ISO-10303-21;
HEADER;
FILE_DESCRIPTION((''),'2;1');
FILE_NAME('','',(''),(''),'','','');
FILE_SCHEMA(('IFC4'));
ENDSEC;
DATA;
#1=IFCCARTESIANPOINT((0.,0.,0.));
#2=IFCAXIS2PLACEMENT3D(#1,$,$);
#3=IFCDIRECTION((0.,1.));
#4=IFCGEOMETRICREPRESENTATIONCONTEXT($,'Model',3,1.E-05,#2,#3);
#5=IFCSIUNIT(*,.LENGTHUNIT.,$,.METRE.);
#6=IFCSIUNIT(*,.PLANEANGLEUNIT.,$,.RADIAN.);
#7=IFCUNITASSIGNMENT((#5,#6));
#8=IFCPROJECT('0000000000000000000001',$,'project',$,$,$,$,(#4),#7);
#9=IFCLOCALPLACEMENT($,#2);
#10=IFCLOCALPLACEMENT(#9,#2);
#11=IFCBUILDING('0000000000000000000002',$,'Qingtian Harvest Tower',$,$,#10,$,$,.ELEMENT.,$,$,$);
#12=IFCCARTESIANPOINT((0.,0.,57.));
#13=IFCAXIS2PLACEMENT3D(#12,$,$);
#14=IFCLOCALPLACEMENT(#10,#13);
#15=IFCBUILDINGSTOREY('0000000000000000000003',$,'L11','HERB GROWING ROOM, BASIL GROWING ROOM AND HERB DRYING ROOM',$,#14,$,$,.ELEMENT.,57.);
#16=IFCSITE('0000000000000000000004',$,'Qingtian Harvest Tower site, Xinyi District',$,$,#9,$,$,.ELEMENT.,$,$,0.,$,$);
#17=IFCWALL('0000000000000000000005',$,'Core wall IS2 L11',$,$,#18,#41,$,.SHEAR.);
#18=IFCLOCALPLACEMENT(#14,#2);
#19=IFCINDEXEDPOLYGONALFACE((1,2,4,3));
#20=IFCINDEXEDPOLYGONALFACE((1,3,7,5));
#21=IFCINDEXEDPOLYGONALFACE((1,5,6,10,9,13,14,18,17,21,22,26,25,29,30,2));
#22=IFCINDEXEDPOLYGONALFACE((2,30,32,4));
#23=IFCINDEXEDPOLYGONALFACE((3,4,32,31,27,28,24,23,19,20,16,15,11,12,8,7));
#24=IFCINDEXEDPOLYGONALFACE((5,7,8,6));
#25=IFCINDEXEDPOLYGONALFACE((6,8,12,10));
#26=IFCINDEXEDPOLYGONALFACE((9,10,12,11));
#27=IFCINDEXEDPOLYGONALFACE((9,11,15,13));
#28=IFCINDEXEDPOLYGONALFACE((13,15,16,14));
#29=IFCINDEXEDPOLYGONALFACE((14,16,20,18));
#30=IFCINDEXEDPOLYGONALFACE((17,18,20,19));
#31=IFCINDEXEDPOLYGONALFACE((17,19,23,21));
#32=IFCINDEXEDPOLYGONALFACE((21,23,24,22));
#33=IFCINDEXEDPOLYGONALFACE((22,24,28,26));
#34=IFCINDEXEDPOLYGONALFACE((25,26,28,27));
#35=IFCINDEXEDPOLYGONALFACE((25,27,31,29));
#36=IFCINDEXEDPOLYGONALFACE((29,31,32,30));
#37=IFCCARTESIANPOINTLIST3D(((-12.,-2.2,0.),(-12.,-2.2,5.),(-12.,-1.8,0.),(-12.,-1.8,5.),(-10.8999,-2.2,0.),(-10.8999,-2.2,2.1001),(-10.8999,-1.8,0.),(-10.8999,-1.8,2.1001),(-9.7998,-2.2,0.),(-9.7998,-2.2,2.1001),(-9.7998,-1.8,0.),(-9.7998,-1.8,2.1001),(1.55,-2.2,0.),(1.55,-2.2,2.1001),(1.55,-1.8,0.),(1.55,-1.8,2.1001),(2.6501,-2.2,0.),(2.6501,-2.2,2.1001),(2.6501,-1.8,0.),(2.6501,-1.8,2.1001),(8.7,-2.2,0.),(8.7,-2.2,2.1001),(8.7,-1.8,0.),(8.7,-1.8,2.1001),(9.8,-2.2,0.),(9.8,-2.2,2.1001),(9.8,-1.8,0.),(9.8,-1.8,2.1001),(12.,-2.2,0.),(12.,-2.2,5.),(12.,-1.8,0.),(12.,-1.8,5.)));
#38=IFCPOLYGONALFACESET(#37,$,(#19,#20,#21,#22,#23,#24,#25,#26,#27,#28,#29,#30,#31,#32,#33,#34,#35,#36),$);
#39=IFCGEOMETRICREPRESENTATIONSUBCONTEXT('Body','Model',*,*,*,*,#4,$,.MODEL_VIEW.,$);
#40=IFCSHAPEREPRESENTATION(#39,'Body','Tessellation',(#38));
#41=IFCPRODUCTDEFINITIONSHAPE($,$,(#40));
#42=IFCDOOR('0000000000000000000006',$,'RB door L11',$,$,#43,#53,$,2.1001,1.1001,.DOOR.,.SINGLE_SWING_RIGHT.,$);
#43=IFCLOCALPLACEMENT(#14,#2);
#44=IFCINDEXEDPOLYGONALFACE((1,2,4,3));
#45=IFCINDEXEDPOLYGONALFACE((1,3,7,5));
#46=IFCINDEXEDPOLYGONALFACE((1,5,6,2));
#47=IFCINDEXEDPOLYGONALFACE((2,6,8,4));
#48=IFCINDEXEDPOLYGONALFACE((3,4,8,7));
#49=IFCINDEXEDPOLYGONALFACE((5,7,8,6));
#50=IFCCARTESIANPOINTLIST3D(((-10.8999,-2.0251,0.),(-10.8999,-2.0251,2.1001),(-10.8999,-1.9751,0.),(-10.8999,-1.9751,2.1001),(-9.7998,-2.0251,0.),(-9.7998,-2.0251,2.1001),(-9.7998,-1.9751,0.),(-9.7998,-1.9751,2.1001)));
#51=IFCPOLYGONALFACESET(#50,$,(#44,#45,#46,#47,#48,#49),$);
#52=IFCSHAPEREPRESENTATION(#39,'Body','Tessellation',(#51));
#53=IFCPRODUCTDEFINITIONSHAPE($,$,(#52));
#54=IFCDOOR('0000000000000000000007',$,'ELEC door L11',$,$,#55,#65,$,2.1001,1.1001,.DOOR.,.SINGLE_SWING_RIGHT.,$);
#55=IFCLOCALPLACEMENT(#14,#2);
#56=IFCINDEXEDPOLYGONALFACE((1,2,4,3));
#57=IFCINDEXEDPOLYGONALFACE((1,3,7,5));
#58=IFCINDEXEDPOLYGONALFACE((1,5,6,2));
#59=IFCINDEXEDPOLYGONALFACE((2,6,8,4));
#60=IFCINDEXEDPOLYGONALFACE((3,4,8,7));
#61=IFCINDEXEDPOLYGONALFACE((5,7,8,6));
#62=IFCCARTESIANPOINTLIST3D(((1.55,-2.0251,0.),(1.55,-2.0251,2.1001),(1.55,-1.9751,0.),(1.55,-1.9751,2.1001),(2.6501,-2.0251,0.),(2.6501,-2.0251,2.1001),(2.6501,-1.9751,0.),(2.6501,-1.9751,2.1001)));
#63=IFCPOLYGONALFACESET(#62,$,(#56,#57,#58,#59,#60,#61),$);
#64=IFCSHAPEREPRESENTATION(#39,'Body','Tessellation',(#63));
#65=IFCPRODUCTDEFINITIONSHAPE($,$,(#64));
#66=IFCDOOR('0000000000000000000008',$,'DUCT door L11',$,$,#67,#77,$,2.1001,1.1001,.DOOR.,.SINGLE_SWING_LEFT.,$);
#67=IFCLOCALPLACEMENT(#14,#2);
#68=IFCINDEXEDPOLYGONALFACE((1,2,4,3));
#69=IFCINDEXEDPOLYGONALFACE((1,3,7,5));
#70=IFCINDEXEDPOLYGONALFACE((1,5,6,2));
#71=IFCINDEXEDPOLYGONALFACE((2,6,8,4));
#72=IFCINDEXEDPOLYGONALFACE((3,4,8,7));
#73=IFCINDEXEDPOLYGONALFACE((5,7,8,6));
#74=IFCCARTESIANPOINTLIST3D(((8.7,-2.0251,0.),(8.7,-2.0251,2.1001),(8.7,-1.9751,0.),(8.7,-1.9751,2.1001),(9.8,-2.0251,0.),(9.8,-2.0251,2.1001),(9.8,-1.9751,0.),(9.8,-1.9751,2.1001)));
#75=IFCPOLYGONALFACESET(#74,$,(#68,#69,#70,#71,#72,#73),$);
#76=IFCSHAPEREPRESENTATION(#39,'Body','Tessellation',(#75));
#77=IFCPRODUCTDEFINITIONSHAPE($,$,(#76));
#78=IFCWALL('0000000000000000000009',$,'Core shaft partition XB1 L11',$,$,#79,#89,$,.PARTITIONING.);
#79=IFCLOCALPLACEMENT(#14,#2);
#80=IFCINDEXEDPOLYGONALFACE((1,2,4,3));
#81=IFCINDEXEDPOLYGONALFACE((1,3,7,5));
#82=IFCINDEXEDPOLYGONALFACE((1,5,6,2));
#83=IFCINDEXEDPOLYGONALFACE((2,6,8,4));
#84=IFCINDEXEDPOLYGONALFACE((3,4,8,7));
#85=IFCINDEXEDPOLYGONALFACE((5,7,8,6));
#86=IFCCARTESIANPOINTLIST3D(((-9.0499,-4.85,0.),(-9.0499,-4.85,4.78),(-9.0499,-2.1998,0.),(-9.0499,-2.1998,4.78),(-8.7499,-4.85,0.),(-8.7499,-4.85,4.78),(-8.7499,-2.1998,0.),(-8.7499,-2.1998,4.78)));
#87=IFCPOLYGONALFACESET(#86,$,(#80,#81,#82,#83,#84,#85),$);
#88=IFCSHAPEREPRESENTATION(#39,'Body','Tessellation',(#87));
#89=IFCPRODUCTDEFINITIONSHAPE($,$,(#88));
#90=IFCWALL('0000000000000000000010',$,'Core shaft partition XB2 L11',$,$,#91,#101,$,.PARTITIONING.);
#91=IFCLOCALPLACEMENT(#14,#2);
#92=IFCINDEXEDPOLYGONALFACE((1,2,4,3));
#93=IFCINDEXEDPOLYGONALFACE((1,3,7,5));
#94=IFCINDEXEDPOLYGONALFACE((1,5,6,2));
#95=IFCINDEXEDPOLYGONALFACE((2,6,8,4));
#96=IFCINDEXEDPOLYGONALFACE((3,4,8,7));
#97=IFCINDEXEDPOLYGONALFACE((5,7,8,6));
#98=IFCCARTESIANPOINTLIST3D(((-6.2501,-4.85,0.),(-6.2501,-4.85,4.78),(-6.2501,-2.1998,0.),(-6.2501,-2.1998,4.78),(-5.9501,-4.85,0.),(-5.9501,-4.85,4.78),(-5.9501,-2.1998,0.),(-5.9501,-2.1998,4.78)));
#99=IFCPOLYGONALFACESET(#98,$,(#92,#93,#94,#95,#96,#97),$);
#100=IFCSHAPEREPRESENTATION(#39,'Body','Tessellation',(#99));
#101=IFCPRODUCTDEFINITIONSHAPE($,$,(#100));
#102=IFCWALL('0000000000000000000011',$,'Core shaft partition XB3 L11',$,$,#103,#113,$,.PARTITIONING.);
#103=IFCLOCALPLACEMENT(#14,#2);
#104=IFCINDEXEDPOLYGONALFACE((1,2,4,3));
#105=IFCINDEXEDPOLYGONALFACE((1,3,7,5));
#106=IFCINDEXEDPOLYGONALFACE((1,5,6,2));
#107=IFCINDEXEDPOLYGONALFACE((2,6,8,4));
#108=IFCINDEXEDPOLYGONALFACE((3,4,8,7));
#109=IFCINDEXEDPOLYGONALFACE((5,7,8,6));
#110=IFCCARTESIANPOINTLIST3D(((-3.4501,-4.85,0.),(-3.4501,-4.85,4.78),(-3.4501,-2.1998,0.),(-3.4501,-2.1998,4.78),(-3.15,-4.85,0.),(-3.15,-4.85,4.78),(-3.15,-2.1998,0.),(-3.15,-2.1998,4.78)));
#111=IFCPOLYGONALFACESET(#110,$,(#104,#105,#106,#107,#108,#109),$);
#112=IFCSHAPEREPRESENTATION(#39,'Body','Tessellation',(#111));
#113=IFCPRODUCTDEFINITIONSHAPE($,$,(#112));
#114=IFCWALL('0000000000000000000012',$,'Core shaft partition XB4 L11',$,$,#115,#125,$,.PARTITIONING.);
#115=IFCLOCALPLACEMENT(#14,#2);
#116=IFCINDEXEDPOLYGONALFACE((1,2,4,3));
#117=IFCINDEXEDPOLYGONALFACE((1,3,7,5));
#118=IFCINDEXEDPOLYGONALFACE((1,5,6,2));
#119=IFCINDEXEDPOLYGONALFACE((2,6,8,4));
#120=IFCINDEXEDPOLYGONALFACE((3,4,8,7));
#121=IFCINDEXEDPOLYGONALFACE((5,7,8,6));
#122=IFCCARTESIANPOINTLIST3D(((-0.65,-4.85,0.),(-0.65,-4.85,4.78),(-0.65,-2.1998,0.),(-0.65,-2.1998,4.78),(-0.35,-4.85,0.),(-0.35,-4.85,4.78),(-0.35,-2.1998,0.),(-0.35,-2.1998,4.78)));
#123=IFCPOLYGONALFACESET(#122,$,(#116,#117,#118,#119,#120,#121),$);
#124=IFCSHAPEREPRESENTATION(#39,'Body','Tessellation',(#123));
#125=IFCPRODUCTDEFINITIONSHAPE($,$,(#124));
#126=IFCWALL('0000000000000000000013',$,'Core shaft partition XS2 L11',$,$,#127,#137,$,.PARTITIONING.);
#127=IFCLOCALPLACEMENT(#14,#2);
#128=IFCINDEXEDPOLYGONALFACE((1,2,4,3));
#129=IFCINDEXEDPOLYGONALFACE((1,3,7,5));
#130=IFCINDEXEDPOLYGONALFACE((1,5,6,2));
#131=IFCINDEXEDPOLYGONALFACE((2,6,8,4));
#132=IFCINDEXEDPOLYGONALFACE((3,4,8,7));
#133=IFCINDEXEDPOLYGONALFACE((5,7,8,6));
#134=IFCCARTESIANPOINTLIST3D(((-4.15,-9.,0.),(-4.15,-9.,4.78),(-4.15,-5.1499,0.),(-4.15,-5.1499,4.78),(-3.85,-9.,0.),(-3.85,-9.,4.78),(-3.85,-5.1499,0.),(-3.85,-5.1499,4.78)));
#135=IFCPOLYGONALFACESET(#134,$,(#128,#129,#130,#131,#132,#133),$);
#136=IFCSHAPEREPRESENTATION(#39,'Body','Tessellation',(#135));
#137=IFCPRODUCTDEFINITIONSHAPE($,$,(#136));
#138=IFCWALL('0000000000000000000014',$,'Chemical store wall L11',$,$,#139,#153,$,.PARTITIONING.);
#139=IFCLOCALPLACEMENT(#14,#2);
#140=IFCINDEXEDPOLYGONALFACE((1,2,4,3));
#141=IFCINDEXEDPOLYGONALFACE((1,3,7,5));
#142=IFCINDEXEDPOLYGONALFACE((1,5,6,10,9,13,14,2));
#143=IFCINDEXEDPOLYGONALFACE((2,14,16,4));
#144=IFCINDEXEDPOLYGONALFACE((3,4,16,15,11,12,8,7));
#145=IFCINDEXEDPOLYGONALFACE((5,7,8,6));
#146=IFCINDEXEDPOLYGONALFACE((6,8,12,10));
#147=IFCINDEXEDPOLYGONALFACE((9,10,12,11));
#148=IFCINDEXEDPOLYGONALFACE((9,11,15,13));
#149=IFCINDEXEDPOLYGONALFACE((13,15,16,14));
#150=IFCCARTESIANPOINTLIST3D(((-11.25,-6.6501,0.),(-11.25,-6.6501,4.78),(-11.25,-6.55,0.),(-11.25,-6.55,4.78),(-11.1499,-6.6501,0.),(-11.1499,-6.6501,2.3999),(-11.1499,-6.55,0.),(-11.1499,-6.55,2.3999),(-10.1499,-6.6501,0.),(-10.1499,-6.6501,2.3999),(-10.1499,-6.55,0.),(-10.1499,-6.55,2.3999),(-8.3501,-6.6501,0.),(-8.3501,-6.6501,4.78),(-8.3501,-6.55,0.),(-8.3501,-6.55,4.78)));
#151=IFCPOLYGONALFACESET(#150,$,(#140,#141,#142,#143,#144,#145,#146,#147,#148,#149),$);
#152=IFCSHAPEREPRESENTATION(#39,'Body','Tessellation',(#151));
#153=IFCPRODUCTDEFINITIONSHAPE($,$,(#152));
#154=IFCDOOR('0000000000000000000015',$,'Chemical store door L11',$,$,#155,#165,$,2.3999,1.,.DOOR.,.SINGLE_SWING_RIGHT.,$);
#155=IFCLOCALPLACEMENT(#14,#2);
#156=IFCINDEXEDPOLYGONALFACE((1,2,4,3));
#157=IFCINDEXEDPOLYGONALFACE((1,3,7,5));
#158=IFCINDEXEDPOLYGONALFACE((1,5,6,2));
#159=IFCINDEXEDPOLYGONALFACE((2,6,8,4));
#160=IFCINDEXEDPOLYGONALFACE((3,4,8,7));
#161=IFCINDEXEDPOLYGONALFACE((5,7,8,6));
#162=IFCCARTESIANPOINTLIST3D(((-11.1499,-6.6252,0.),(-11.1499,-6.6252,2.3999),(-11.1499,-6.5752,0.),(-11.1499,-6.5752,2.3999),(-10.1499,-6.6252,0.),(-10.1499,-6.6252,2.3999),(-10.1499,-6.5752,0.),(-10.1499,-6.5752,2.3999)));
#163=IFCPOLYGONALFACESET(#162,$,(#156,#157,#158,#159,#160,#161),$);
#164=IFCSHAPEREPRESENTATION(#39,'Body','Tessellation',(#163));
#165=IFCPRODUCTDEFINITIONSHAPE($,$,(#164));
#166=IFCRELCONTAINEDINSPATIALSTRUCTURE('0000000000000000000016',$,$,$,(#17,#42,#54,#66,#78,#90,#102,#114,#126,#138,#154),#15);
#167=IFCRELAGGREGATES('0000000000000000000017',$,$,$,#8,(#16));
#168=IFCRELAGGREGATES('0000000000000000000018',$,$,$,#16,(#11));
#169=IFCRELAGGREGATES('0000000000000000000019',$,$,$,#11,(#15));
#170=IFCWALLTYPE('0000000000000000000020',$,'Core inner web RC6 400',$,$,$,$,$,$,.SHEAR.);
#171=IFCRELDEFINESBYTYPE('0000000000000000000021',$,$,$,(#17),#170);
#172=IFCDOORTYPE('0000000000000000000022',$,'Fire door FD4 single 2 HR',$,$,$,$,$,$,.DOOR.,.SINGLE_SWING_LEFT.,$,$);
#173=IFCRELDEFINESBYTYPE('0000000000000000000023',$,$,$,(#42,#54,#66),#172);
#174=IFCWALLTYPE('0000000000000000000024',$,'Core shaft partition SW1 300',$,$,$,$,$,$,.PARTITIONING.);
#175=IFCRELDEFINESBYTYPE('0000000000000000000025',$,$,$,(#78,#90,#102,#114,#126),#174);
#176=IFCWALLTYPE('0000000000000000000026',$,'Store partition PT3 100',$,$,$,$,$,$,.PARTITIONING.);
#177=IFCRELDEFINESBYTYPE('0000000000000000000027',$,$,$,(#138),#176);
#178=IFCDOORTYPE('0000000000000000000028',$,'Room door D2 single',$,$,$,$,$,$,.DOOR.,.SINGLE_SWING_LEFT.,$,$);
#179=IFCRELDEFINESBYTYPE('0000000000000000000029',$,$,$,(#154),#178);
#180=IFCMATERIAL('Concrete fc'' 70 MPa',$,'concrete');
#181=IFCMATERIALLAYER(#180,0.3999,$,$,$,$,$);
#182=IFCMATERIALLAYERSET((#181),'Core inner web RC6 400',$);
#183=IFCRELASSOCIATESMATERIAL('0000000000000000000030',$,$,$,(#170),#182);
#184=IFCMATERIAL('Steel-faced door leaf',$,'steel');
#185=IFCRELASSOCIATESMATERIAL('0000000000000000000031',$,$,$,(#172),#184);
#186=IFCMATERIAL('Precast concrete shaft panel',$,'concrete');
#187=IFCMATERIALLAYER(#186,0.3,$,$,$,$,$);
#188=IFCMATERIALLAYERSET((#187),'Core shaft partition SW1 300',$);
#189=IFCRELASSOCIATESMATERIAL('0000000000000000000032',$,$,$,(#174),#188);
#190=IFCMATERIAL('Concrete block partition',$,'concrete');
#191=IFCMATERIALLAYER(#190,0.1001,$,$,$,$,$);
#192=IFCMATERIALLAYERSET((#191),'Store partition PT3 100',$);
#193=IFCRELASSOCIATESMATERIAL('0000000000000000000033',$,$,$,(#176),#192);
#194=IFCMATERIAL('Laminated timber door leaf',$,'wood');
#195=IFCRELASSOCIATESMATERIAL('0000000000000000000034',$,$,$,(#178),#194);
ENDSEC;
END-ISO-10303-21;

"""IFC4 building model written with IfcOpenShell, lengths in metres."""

from ifc_helpers import new_model, si_unit, direction, frame, frame_2d, origin, place, context, subcontext, project, spatial, rectangle, extrude, material, layer, layer_set, type_object, element, fill, save


model = new_model("IFC4")

# Units and contexts
model_context = context("Model", 3, precision=1e-05, world=origin(), true_north=direction((0.0, 1.0)))
body_context = subcontext(model_context, "Body", "Model", "MODEL_VIEW")
ifc_project = project(units=[si_unit("LENGTHUNIT", "METRE"), si_unit("PLANEANGLEUNIT", "RADIAN")], contexts=[model_context])

# Site, building, storey
site_placement = place(None, origin())
site = spatial("IfcSite", under=ifc_project, at=site_placement, Name="Qingtian Harvest Tower site, Xinyi District", CompositionType="ELEMENT", RefElevation=0.0)
building_placement = place(site_placement, origin())
building = spatial("IfcBuilding", under=site, at=building_placement, Name="Qingtian Harvest Tower", CompositionType="ELEMENT")
storey_placement = place(building_placement, frame((0.0, 0.0, 57.0)))
storey = spatial("IfcBuildingStorey", under=building, at=storey_placement, Name="L11", Description="HERB GROWING ROOM, BASIL GROWING ROOM AND HERB DRYING ROOM", CompositionType="ELEMENT", Elevation=57.0)

# Wall, openings, doors
ifc_material_1 = material(Name="Concrete fc' 70 MPa", Category="concrete")
ifc_layer_1 = layer(ifc_material_1, 0.3999)
ifc_layer_set_1 = layer_set([ifc_layer_1], Name="Core inner web RC6 400")
wall_type_1 = type_object("IfcWallType", Name="Core inner web RC6 400", PredefinedType="SHEAR", material=ifc_layer_set_1)
wall_1_placement = place(storey_placement, frame((-12.0, -2.0, 0.0), z_axis=(0.0, 0.0, 1.0), x_axis=(1.0, 0.0, 0.0)))
wall_1 = element("IfcWall", 1, at=wall_1_placement, inside=storey, type_object=wall_type_1, Name="Core wall IS2 L11", PredefinedType="SHEAR", context=body_context, shape_type="SweptSolid", body=[
    extrude(rectangle(XDim=24.0, YDim=0.3999, at=frame_2d((12.0, 0.0))), origin(), (0.0, 0.0, 1.0), 5.0),
])
opening_1_placement = place(wall_1_placement, frame((1.1001, 0.0, 0.0)))
opening_1 = element("IfcOpeningElement", 2, at=opening_1_placement, cuts=wall_1, PredefinedType="OPENING", context=body_context, shape_type="SweptSolid", body=[
    extrude(rectangle(XDim=1.1001, YDim=2.1001, at=frame_2d((0.55, 1.05))), frame((0.0, 0.21, 0.0), z_axis=(0.0, -1.0, 0.0), x_axis=(1.0, 0.0, 0.0)), (0.0, 0.0, 1.0), 0.4199),
])
opening_2_placement = place(wall_1_placement, frame((13.55, 0.0, 0.0)))
opening_2 = element("IfcOpeningElement", 3, at=opening_2_placement, cuts=wall_1, PredefinedType="OPENING", context=body_context, shape_type="SweptSolid", body=[
    extrude(rectangle(XDim=1.1001, YDim=2.1001, at=frame_2d((0.55, 1.05))), frame((0.0, 0.21, 0.0), z_axis=(0.0, -1.0, 0.0), x_axis=(1.0, 0.0, 0.0)), (0.0, 0.0, 1.0), 0.4199),
])
opening_3_placement = place(wall_1_placement, frame((20.7, 0.0, 0.0)))
opening_3 = element("IfcOpeningElement", 4, at=opening_3_placement, cuts=wall_1, PredefinedType="OPENING", context=body_context, shape_type="SweptSolid", body=[
    extrude(rectangle(XDim=1.1001, YDim=2.1001, at=frame_2d((0.55, 1.05))), frame((0.0, 0.21, 0.0), z_axis=(0.0, -1.0, 0.0), x_axis=(1.0, 0.0, 0.0)), (0.0, 0.0, 1.0), 0.4199),
])
ifc_material_2 = material(Name="Steel-faced door leaf", Category="steel")
door_type_1 = type_object("IfcDoorType", Name="Fire door FD4 single 2 HR", OperationType="SINGLE_SWING_LEFT", PredefinedType="DOOR", material=ifc_material_2)
door_1_placement = place(opening_1_placement, origin())
door_1 = element("IfcDoor", 5, at=door_1_placement, inside=storey, type_object=door_type_1, Name="RB door L11", OperationType="SINGLE_SWING_RIGHT", OverallHeight=2.1001, OverallWidth=1.1001, PredefinedType="DOOR", context=body_context, shape_type="SweptSolid", body=[
    extrude(rectangle(XDim=1.1001, YDim=2.1001, at=frame_2d((0.55, 1.05))), frame((0.0, 0.0249, 0.0), z_axis=(0.0, -1.0, 0.0), x_axis=(1.0, 0.0, 0.0)), (0.0, 0.0, 1.0), 0.05),
])
fill(opening_1, door_1)
door_2_placement = place(opening_2_placement, origin())
door_2 = element("IfcDoor", 6, at=door_2_placement, inside=storey, type_object=door_type_1, Name="ELEC door L11", OperationType="SINGLE_SWING_RIGHT", OverallHeight=2.1001, OverallWidth=1.1001, PredefinedType="DOOR", context=body_context, shape_type="SweptSolid", body=[
    extrude(rectangle(XDim=1.1001, YDim=2.1001, at=frame_2d((0.55, 1.05))), frame((0.0, 0.0249, 0.0), z_axis=(0.0, -1.0, 0.0), x_axis=(1.0, 0.0, 0.0)), (0.0, 0.0, 1.0), 0.05),
])
fill(opening_2, door_2)
door_3_placement = place(opening_3_placement, origin())
door_3 = element("IfcDoor", 7, at=door_3_placement, inside=storey, type_object=door_type_1, Name="DUCT door L11", OperationType="SINGLE_SWING_LEFT", OverallHeight=2.1001, OverallWidth=1.1001, PredefinedType="DOOR", context=body_context, shape_type="SweptSolid", body=[
    extrude(rectangle(XDim=1.1001, YDim=2.1001, at=frame_2d((0.55, 1.05))), frame((0.0, 0.0249, 0.0), z_axis=(0.0, -1.0, 0.0), x_axis=(1.0, 0.0, 0.0)), (0.0, 0.0, 1.0), 0.05),
])
fill(opening_3, door_3)

# Walls
ifc_material_3 = material(Name="Precast concrete shaft panel", Category="concrete")
ifc_layer_2 = layer(ifc_material_3, 0.3)
ifc_layer_set_2 = layer_set([ifc_layer_2], Name="Core shaft partition SW1 300")
wall_type_2 = type_object("IfcWallType", Name="Core shaft partition SW1 300", PredefinedType="PARTITIONING", material=ifc_layer_set_2)
for number, where, z_axis, x_axis, name in (
    (8, (-8.8999, -4.8501, 0.0), (0.0, 0.0, 1.0), (0.0, 1.0, 0.0), "Core shaft partition XB1 L11"),
    (9, (-6.1001, -4.8501, 0.0), (0.0, 0.0, 1.0), (0.0, 1.0, 0.0), "Core shaft partition XB2 L11"),
    (10, (-3.3, -4.8501, 0.0), (0.0, 0.0, 1.0), (0.0, 1.0, 0.0), "Core shaft partition XB3 L11"),
    (11, (-0.5, -4.8501, 0.0), (0.0, 0.0, 1.0), (0.0, 1.0, 0.0), "Core shaft partition XB4 L11"),
):
    element("IfcWall", number, at=place(storey_placement, frame(where, z_axis=z_axis, x_axis=x_axis)), inside=storey, type_object=wall_type_2, Name=name, PredefinedType="PARTITIONING", context=body_context, shape_type="SweptSolid", body=[
        extrude(rectangle(XDim=2.6501, YDim=0.3, at=frame_2d((1.3252, 0.0))), origin(), (0.0, 0.0, 1.0), 4.78),
    ])
wall_2_placement = place(storey_placement, frame((-4.0, -9.0, 0.0), z_axis=(0.0, 0.0, 1.0), x_axis=(0.0, 1.0, 0.0)))
element("IfcWall", 12, at=wall_2_placement, inside=storey, type_object=wall_type_2, Name="Core shaft partition XS2 L11", PredefinedType="PARTITIONING", context=body_context, shape_type="SweptSolid", body=[
    extrude(rectangle(XDim=3.8501, YDim=0.3, at=frame_2d((1.925, 0.0))), origin(), (0.0, 0.0, 1.0), 4.78),
])

# Wall, opening, door
ifc_material_4 = material(Name="Concrete block partition", Category="concrete")
ifc_layer_3 = layer(ifc_material_4, 0.1001)
ifc_layer_set_3 = layer_set([ifc_layer_3], Name="Store partition PT3 100")
wall_type_3 = type_object("IfcWallType", Name="Store partition PT3 100", PredefinedType="PARTITIONING", material=ifc_layer_set_3)
wall_3_placement = place(storey_placement, frame((-11.25, -6.6001, 0.0), z_axis=(0.0, 0.0, 1.0), x_axis=(1.0, 0.0, 0.0)))
wall_3 = element("IfcWall", 13, at=wall_3_placement, inside=storey, type_object=wall_type_3, Name="Chemical store wall L11", PredefinedType="PARTITIONING", context=body_context, shape_type="SweptSolid", body=[
    extrude(rectangle(XDim=2.8999, YDim=0.1001, at=frame_2d((1.45, 0.0))), origin(), (0.0, 0.0, 1.0), 4.78),
])
opening_4_placement = place(wall_3_placement, frame((0.1001, 0.0, 0.0)))
opening_4 = element("IfcOpeningElement", 14, at=opening_4_placement, cuts=wall_3, PredefinedType="OPENING", context=body_context, shape_type="SweptSolid", body=[
    extrude(rectangle(XDim=1.0, YDim=2.3999, at=frame_2d((0.5, 1.2))), frame((0.0, 0.0601, 0.0), z_axis=(0.0, -1.0, 0.0), x_axis=(1.0, 0.0, 0.0)), (0.0, 0.0, 1.0), 0.1201),
])
ifc_material_5 = material(Name="Laminated timber door leaf", Category="wood")
door_type_2 = type_object("IfcDoorType", Name="Room door D2 single", OperationType="SINGLE_SWING_LEFT", PredefinedType="DOOR", material=ifc_material_5)
door_4_placement = place(opening_4_placement, origin())
door_4 = element("IfcDoor", 15, at=door_4_placement, inside=storey, type_object=door_type_2, Name="Chemical store door L11", OperationType="SINGLE_SWING_RIGHT", OverallHeight=2.3999, OverallWidth=1.0, PredefinedType="DOOR", context=body_context, shape_type="SweptSolid", body=[
    extrude(rectangle(XDim=1.0, YDim=2.3999, at=frame_2d((0.5, 1.2))), frame((0.0, 0.0249, 0.0), z_axis=(0.0, -1.0, 0.0), x_axis=(1.0, 0.0, 0.0)), (0.0, 0.0, 1.0), 0.05),
])
fill(opening_4, door_4)

save(model, "model.ifc")
